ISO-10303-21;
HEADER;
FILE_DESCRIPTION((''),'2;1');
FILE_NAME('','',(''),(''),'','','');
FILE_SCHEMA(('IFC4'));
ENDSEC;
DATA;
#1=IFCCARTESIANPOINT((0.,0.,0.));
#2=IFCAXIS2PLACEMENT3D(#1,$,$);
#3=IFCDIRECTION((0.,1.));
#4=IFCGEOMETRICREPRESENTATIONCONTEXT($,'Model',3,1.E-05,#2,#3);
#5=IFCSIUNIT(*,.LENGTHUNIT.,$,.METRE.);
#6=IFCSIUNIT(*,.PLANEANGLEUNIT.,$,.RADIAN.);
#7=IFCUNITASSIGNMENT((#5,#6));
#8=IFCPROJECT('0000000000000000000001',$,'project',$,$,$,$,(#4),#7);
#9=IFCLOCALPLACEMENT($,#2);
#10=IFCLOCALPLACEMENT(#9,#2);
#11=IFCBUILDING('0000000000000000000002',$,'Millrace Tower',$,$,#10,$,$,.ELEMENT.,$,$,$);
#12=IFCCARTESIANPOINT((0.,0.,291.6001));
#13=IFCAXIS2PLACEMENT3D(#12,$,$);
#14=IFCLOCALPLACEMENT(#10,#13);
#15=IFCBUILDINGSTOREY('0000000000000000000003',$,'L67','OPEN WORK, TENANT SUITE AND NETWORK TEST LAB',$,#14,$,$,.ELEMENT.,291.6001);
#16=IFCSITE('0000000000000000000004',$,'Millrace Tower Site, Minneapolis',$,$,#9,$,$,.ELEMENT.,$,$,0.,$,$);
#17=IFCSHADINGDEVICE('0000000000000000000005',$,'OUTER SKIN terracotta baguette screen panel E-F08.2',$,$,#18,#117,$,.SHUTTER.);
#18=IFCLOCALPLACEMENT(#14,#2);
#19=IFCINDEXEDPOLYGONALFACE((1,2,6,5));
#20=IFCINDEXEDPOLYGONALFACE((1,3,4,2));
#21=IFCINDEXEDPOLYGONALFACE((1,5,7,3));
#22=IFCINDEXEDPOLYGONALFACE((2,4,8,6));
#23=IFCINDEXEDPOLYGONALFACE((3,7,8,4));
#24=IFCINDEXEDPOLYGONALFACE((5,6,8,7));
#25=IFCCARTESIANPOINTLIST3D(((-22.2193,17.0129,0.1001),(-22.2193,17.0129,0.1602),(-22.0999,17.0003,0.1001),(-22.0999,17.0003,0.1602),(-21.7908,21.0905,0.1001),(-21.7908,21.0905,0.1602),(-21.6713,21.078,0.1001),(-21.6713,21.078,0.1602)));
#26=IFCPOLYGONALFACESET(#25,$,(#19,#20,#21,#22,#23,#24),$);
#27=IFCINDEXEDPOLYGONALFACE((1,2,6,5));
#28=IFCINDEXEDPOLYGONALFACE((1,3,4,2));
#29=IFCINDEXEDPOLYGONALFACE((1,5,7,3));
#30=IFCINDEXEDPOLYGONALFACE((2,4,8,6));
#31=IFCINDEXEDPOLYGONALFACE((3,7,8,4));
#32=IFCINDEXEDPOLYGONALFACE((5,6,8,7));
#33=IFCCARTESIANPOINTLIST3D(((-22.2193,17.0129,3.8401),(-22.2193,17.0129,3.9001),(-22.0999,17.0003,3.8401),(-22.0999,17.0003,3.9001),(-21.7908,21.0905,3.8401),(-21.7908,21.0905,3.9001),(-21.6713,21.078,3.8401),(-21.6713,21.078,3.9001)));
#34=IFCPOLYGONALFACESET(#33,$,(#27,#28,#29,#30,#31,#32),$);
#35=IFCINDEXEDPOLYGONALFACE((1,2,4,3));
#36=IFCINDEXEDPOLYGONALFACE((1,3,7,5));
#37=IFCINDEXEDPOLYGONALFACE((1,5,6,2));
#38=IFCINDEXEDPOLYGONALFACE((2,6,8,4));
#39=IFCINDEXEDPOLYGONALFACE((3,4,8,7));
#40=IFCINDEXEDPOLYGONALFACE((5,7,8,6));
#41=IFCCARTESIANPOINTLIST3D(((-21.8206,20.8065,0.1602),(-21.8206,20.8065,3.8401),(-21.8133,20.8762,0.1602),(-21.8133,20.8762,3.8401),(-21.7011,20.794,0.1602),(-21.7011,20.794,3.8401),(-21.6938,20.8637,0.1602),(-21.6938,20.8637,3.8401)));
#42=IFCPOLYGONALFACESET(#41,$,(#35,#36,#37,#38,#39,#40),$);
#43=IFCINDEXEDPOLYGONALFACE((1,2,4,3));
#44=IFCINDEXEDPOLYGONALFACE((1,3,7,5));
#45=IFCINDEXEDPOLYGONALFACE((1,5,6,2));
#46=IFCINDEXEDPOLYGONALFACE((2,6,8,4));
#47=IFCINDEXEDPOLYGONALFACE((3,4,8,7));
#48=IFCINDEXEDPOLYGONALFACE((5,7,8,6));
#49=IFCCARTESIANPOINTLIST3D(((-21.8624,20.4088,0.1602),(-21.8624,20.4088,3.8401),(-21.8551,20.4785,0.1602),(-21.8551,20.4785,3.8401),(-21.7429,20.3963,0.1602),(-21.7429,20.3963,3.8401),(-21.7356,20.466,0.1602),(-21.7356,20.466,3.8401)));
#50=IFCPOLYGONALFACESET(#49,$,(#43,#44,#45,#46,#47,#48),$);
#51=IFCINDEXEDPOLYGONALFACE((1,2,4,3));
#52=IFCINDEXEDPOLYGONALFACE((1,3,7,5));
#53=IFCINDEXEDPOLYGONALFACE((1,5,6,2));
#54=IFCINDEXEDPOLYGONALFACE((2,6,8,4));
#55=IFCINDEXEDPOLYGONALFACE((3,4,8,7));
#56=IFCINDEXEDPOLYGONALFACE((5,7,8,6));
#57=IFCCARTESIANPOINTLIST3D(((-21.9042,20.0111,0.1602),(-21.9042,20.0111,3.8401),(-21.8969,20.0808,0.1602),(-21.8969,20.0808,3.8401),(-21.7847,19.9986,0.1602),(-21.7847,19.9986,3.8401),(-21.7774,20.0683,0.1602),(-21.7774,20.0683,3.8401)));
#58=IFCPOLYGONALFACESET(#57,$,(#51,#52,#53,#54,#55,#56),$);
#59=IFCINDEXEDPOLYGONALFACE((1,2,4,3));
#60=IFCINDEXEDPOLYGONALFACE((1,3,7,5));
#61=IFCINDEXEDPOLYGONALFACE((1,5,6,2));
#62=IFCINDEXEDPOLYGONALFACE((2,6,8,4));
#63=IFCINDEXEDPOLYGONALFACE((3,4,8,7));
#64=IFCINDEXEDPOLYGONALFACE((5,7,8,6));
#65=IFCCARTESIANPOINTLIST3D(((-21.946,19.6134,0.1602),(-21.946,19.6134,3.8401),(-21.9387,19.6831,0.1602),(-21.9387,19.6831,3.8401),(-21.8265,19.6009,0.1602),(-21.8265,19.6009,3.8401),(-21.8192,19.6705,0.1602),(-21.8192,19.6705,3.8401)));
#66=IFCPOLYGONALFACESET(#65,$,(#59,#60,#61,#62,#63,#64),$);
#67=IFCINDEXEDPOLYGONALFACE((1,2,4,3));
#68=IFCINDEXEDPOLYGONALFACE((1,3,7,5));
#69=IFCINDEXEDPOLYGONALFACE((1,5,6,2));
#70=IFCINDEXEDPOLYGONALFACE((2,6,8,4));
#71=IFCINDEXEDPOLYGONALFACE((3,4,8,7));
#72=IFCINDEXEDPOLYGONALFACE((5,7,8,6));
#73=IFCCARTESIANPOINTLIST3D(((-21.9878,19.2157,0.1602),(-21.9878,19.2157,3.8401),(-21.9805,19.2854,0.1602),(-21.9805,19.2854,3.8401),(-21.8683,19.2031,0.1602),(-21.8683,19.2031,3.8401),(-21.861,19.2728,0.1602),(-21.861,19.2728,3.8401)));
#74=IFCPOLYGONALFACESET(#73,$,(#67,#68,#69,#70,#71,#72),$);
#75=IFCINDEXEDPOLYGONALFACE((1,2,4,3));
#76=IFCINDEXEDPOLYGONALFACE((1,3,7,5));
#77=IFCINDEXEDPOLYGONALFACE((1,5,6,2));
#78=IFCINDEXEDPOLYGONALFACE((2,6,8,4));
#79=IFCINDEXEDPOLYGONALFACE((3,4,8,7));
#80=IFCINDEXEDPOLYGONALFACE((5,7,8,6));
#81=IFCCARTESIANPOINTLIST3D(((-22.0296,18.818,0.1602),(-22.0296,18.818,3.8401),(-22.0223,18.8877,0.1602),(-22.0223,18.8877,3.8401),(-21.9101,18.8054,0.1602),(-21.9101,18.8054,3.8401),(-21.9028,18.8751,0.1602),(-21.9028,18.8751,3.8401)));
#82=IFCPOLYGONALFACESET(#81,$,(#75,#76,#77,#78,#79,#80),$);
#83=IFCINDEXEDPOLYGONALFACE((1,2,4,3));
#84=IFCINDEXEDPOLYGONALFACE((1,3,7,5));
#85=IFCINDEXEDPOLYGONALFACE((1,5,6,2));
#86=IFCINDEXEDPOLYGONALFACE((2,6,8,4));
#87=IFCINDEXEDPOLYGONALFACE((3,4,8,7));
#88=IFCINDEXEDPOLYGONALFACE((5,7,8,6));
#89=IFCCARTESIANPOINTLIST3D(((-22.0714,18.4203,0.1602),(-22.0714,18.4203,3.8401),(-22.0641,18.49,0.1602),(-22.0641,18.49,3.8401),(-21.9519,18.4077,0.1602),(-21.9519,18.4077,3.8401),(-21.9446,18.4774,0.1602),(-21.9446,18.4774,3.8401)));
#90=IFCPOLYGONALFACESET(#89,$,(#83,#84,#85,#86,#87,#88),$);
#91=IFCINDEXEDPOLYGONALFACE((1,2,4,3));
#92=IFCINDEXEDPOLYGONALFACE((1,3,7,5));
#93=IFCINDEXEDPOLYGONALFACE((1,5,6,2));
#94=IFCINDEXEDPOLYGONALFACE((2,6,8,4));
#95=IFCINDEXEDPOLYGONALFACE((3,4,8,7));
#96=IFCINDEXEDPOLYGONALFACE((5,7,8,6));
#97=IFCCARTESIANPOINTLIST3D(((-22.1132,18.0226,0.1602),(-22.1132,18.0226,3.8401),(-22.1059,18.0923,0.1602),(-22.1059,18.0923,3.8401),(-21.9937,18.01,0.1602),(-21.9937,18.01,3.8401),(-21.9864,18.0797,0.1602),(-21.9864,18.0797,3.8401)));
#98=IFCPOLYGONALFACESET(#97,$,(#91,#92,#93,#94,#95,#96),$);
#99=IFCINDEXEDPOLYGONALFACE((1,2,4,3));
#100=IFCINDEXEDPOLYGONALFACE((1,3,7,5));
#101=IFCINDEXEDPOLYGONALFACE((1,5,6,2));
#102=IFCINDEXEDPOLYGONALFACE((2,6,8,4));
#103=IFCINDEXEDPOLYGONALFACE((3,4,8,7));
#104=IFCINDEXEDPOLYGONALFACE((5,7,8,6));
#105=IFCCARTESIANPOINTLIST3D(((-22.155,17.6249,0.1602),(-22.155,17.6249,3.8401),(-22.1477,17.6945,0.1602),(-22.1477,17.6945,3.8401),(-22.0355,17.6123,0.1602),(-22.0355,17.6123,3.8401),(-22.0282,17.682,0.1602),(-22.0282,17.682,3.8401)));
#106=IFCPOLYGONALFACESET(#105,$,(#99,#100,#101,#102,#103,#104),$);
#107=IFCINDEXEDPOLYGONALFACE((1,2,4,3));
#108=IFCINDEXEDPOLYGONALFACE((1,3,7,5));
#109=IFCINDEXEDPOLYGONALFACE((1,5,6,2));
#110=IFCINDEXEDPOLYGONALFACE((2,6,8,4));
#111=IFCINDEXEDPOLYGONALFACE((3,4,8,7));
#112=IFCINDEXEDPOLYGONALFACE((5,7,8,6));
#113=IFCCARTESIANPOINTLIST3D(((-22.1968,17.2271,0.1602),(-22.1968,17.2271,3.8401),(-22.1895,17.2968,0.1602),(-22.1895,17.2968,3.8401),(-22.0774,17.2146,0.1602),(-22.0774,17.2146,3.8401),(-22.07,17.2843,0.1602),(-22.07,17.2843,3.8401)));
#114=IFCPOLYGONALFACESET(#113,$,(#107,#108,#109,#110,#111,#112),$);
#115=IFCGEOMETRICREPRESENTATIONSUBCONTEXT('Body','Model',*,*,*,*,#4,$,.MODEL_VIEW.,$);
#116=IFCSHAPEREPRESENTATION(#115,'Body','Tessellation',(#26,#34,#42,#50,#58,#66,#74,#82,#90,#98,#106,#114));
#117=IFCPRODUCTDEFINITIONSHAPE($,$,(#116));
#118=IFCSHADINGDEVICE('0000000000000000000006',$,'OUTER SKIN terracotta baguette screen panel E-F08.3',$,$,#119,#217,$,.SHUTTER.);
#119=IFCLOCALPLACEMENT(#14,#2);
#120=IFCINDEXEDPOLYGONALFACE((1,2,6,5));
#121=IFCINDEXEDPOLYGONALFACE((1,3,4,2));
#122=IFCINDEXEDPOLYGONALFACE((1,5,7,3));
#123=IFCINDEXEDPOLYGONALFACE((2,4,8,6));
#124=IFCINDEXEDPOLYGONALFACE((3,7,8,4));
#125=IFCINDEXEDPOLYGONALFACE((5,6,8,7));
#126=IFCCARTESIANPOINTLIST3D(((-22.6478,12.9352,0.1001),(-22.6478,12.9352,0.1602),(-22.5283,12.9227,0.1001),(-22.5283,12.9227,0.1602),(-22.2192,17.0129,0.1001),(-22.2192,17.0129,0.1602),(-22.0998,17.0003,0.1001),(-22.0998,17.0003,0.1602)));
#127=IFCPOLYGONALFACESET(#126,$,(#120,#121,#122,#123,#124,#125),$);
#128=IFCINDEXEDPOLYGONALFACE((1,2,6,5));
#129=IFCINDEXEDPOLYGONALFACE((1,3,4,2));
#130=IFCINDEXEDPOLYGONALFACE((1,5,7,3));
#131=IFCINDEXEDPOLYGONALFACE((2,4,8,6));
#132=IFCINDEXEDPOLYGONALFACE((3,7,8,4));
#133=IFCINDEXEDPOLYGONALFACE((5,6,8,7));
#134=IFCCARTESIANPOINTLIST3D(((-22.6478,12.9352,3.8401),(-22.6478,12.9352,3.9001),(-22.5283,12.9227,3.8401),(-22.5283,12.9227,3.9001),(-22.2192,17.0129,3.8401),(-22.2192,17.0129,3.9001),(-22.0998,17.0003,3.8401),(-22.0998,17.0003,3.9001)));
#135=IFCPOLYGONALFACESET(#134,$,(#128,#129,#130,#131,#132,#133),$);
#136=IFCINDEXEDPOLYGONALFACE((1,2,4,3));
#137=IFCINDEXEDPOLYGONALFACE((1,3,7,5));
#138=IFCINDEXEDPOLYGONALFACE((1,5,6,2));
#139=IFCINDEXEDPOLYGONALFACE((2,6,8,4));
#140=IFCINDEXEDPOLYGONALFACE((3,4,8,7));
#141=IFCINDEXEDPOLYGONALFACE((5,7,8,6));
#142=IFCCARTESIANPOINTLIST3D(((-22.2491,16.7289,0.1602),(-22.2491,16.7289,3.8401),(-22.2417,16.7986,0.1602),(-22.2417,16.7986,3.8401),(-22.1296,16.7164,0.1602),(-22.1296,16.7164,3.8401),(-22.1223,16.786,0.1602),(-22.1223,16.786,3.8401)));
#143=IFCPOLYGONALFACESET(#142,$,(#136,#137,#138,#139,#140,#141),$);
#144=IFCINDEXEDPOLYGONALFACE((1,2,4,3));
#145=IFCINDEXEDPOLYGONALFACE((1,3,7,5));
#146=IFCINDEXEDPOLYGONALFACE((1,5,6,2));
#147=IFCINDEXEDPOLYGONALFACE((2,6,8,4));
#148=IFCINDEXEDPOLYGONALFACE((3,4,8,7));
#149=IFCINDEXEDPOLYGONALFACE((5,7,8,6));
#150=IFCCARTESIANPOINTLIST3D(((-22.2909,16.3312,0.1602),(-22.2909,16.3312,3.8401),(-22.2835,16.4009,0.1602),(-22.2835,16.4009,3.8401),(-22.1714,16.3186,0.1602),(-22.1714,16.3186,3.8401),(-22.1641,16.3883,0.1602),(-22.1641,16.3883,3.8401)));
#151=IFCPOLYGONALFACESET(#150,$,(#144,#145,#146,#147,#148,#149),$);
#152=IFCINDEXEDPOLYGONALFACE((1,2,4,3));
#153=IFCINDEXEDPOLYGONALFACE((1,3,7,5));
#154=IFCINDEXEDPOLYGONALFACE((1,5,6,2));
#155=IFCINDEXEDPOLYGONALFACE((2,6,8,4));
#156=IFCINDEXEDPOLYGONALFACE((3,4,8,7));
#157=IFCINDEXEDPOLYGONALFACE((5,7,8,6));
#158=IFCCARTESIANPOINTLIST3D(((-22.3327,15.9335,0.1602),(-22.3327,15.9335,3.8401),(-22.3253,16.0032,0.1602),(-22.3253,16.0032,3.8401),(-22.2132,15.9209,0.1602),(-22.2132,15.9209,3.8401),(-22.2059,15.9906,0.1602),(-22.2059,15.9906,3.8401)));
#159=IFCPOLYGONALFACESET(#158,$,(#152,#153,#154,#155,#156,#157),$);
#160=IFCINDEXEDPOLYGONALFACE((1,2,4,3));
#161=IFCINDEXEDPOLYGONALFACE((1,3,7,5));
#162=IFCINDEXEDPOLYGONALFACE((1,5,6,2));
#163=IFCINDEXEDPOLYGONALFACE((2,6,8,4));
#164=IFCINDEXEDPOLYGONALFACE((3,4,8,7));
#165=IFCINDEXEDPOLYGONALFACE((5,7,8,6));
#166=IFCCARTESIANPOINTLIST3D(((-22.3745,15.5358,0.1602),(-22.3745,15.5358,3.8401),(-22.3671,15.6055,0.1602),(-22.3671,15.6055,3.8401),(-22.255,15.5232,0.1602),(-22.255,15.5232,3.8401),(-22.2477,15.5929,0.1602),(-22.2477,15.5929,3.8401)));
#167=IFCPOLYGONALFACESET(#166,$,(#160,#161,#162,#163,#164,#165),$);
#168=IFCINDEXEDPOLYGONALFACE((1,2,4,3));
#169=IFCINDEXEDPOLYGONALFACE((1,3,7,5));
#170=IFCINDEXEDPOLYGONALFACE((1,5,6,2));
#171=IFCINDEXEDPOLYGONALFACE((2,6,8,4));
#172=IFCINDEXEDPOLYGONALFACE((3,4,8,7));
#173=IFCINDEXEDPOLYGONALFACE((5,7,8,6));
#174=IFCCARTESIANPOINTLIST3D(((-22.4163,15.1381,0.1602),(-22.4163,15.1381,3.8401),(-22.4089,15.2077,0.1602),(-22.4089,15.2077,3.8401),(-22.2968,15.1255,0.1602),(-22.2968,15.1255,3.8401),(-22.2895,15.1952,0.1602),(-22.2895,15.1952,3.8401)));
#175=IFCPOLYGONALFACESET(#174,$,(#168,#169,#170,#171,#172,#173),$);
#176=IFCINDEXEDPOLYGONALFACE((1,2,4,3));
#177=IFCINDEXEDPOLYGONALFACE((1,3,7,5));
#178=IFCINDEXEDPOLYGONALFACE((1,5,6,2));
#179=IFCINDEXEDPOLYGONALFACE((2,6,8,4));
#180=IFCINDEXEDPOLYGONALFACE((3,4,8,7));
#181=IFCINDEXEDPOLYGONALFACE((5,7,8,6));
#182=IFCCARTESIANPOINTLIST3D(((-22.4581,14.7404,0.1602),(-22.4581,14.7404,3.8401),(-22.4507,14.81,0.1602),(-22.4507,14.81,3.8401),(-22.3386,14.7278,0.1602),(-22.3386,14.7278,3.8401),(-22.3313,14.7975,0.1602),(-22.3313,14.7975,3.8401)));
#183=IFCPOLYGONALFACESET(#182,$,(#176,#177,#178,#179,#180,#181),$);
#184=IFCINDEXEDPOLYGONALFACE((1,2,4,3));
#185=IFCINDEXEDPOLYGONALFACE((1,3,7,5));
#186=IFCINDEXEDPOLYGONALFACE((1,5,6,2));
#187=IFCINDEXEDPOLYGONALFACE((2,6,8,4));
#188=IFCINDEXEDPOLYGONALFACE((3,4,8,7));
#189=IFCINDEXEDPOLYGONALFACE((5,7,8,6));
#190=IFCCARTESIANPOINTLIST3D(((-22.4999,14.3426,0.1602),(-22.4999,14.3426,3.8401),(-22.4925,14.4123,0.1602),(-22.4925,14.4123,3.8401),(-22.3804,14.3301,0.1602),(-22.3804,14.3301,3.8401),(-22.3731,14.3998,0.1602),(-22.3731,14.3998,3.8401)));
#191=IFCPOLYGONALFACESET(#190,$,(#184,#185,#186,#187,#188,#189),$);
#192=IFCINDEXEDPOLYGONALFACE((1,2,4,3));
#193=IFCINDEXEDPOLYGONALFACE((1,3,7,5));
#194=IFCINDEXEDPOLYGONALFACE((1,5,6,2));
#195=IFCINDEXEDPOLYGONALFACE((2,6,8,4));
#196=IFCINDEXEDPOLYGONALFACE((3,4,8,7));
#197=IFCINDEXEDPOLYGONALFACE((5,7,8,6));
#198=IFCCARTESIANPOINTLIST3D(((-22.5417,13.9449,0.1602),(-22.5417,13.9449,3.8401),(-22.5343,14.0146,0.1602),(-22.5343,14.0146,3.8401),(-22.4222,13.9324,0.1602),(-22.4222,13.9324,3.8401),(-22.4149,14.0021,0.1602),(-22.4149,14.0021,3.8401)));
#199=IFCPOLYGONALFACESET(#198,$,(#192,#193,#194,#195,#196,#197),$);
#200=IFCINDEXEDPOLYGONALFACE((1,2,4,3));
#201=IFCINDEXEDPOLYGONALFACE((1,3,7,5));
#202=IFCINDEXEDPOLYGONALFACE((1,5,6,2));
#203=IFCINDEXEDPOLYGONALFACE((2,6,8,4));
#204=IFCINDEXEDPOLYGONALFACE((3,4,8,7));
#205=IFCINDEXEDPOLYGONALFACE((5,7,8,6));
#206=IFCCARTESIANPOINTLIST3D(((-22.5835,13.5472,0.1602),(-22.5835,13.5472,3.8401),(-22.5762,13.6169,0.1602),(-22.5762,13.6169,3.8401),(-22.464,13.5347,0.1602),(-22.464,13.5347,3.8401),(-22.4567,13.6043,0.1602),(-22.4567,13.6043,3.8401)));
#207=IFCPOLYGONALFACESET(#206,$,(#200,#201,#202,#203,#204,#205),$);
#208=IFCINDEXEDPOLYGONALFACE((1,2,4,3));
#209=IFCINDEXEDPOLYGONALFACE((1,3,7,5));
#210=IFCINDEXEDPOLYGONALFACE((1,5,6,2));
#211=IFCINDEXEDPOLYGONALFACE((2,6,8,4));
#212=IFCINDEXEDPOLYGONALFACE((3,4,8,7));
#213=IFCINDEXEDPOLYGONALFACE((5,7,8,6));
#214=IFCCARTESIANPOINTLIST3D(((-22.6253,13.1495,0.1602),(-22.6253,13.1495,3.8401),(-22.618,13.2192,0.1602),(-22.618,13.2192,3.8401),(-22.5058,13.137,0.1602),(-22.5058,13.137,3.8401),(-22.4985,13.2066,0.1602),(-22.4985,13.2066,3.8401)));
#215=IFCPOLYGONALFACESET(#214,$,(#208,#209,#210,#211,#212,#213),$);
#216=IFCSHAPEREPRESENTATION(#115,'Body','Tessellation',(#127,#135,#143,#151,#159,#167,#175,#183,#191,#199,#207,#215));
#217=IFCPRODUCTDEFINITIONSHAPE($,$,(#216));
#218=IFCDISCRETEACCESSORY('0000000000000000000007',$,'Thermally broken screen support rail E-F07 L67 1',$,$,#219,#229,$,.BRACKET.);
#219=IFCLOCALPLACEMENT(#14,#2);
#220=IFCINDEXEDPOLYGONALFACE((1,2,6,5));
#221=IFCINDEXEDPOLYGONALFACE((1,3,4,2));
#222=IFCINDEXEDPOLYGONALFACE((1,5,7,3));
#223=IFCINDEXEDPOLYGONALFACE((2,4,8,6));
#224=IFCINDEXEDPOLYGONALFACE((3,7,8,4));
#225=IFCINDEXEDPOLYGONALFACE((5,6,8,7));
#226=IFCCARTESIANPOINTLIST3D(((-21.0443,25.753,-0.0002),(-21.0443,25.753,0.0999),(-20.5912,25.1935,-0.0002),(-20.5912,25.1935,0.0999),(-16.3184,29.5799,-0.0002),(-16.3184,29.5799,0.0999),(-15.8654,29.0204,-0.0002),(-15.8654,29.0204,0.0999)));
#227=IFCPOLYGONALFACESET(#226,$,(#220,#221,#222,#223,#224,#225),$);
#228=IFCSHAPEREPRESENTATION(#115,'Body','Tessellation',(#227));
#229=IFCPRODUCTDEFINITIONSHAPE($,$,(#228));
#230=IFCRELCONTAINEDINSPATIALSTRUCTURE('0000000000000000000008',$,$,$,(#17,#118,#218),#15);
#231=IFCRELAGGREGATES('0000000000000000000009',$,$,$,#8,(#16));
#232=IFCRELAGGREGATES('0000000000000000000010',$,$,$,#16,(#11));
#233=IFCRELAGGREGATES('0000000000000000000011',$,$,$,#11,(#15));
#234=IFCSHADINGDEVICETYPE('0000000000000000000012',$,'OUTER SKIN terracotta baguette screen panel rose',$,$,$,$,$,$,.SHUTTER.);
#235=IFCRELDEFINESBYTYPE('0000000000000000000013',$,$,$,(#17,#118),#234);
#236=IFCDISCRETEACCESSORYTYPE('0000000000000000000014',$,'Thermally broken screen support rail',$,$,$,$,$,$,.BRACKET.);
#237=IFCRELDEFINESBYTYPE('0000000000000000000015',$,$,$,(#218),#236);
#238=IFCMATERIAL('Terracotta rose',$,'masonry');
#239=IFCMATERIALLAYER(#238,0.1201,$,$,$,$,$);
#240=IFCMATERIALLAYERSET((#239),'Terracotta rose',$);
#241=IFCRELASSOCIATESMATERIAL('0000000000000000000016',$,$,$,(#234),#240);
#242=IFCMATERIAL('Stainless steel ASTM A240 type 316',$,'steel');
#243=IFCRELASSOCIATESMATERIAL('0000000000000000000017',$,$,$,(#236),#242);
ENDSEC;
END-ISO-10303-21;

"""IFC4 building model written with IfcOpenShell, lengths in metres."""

from ifc_helpers import new_model, entity, si_unit, direction, frame, frame_2d, origin, origin_2d, place, context, subcontext, project, spatial, rectangle, extrude, source, transform, mapped, material, layer, layer_set, type_object, element, save


model = new_model("IFC4")

# Units and contexts
model_context = context("Model", 3, precision=1e-05, world=origin(), true_north=direction((0.0, 1.0)))
body_context = subcontext(model_context, "Body", "Model", "MODEL_VIEW")
ifc_project = project(units=[si_unit("LENGTHUNIT", "METRE"), si_unit("PLANEANGLEUNIT", "RADIAN")], contexts=[model_context])

# Site, building, storey
site_placement = place(None, origin())
site = spatial("IfcSite", under=ifc_project, at=site_placement, Name="Millrace Tower Site, Minneapolis", CompositionType="ELEMENT", RefElevation=0.0)
building_placement = place(site_placement, origin())
building = spatial("IfcBuilding", under=site, at=building_placement, Name="Millrace Tower", CompositionType="ELEMENT")
storey_placement = place(building_placement, frame((0.0, 0.0, 291.6001)))
storey = spatial("IfcBuildingStorey", under=building, at=storey_placement, Name="L67", Description="OPEN WORK, TENANT SUITE AND NETWORK TEST LAB", CompositionType="ELEMENT", Elevation=291.6001)

# Shading devices
ifc_material_1 = material(Name="Terracotta rose", Category="masonry")
ifc_layer_1 = layer(ifc_material_1, 0.1201)
ifc_layer_set_1 = layer_set([ifc_layer_1], Name="Terracotta rose")
shading_device_type = type_object("IfcShadingDeviceType", Name="OUTER SKIN terracotta baguette screen panel rose", PredefinedType="SHUTTER", material=ifc_layer_set_1)
cartesian_point_1 = entity("IfcCartesianPoint", [-2.05, 0.0601])
shared_polyline_1 = entity("IfcPolyline", [cartesian_point_1, entity("IfcCartesianPoint", [2.05, 0.0601]), entity("IfcCartesianPoint", [2.05, -0.0601]), entity("IfcCartesianPoint", [-2.05, -0.0601]), cartesian_point_1])
shared_shape_1 = source(origin(), body_context, "Body", "SweptSolid", [
    entity("IfcExtrudedAreaSolid", entity("IfcArbitraryClosedProfileDef", "AREA", None, shared_polyline_1), entity("IfcAxis2Placement3D", entity("IfcCartesianPoint", [0.0, 0.0, 0.0])), entity("IfcDirection", [0.0, 0.0, 1.0]), 0.0601),
    entity("IfcExtrudedAreaSolid", entity("IfcArbitraryClosedProfileDef", "AREA", None, shared_polyline_1), entity("IfcAxis2Placement3D", entity("IfcCartesianPoint", [0.0, 0.0, 3.74])), entity("IfcDirection", [0.0, 0.0, 1.0]), 0.0601),
    extrude(rectangle(XDim=0.0701, YDim=0.1201, at=frame_2d((-1.7996, 0.0))), frame((0.0, 0.0, 0.0601)), (0.0, 0.0, 1.0), 3.6799),
    extrude(rectangle(XDim=0.0701, YDim=0.1201, at=frame_2d((-1.3997, 0.0))), frame((0.0, 0.0, 0.0601)), (0.0, 0.0, 1.0), 3.6799),
    extrude(rectangle(XDim=0.0701, YDim=0.1201, at=frame_2d((-0.9998, 0.0))), frame((0.0, 0.0, 0.0601)), (0.0, 0.0, 1.0), 3.6799),
    extrude(rectangle(XDim=0.0701, YDim=0.1201, at=frame_2d((-0.5999, 0.0))), frame((0.0, 0.0, 0.0601)), (0.0, 0.0, 1.0), 3.6799),
    extrude(rectangle(XDim=0.0701, YDim=0.1201, at=frame_2d((-0.2, 0.0))), frame((0.0, 0.0, 0.0601)), (0.0, 0.0, 1.0), 3.6799),
    extrude(rectangle(XDim=0.0701, YDim=0.1201, at=frame_2d((0.2, 0.0))), frame((0.0, 0.0, 0.0601)), (0.0, 0.0, 1.0), 3.6799),
    extrude(rectangle(XDim=0.0701, YDim=0.1201, at=frame_2d((0.5999, 0.0))), frame((0.0, 0.0, 0.0601)), (0.0, 0.0, 1.0), 3.6799),
    extrude(rectangle(XDim=0.0701, YDim=0.1201, at=frame_2d((0.9998, 0.0))), frame((0.0, 0.0, 0.0601)), (0.0, 0.0, 1.0), 3.6799),
    extrude(rectangle(XDim=0.0701, YDim=0.1201, at=frame_2d((1.3997, 0.0))), frame((0.0, 0.0, 0.0601)), (0.0, 0.0, 1.0), 3.6799),
    extrude(rectangle(XDim=0.0701, YDim=0.1201, at=frame_2d((1.7996, 0.0))), frame((0.0, 0.0, 0.0601)), (0.0, 0.0, 1.0), 3.6799),
])
for number, where, z_axis, x_axis, name in (
    (1, (-21.9453, 19.0454, 0.1001), (0.0, 0.0, 1.0), (-0.104528, -0.994522, 0.0), "OUTER SKIN terracotta baguette screen panel E-F08.2"),
    (2, (-22.3738, 14.9678, 0.1001), (0.0, 0.0, 1.0), (-0.104528, -0.994522, 0.0), "OUTER SKIN terracotta baguette screen panel E-F08.3"),
):
    element("IfcShadingDevice", number, at=place(storey_placement, frame(where, z_axis=z_axis, x_axis=x_axis)), inside=storey, type_object=shading_device_type, Name=name, PredefinedType="SHUTTER", context=body_context, shape_type="MappedRepresentation", body=[
        mapped(shared_shape_1, transform((0.0, 0.0, 0.0), scale=1.0)),
    ])

# Discrete accessory
ifc_material_2 = material(Name="Stainless steel ASTM A240 type 316", Category="steel")
discrete_accessory_type = type_object("IfcDiscreteAccessoryType", Name="Thermally broken screen support rail", PredefinedType="BRACKET", material=ifc_material_2)
discrete_accessory_placement = place(storey_placement, frame((-18.4548, 27.3867, -0.0002), z_axis=(0.0, 0.0, 1.0), x_axis=(-0.777146, -0.62932, 0.0)))
element("IfcDiscreteAccessory", 3, at=discrete_accessory_placement, inside=storey, type_object=discrete_accessory_type, Name="Thermally broken screen support rail E-F07 L67 1", PredefinedType="BRACKET", context=body_context, shape_type="SweptSolid", body=[
    extrude(rectangle(XDim=6.0811, YDim=0.72, at=origin_2d()), origin(), (0.0, 0.0, 1.0), 0.1001),
])

save(model, "model.ifc")
